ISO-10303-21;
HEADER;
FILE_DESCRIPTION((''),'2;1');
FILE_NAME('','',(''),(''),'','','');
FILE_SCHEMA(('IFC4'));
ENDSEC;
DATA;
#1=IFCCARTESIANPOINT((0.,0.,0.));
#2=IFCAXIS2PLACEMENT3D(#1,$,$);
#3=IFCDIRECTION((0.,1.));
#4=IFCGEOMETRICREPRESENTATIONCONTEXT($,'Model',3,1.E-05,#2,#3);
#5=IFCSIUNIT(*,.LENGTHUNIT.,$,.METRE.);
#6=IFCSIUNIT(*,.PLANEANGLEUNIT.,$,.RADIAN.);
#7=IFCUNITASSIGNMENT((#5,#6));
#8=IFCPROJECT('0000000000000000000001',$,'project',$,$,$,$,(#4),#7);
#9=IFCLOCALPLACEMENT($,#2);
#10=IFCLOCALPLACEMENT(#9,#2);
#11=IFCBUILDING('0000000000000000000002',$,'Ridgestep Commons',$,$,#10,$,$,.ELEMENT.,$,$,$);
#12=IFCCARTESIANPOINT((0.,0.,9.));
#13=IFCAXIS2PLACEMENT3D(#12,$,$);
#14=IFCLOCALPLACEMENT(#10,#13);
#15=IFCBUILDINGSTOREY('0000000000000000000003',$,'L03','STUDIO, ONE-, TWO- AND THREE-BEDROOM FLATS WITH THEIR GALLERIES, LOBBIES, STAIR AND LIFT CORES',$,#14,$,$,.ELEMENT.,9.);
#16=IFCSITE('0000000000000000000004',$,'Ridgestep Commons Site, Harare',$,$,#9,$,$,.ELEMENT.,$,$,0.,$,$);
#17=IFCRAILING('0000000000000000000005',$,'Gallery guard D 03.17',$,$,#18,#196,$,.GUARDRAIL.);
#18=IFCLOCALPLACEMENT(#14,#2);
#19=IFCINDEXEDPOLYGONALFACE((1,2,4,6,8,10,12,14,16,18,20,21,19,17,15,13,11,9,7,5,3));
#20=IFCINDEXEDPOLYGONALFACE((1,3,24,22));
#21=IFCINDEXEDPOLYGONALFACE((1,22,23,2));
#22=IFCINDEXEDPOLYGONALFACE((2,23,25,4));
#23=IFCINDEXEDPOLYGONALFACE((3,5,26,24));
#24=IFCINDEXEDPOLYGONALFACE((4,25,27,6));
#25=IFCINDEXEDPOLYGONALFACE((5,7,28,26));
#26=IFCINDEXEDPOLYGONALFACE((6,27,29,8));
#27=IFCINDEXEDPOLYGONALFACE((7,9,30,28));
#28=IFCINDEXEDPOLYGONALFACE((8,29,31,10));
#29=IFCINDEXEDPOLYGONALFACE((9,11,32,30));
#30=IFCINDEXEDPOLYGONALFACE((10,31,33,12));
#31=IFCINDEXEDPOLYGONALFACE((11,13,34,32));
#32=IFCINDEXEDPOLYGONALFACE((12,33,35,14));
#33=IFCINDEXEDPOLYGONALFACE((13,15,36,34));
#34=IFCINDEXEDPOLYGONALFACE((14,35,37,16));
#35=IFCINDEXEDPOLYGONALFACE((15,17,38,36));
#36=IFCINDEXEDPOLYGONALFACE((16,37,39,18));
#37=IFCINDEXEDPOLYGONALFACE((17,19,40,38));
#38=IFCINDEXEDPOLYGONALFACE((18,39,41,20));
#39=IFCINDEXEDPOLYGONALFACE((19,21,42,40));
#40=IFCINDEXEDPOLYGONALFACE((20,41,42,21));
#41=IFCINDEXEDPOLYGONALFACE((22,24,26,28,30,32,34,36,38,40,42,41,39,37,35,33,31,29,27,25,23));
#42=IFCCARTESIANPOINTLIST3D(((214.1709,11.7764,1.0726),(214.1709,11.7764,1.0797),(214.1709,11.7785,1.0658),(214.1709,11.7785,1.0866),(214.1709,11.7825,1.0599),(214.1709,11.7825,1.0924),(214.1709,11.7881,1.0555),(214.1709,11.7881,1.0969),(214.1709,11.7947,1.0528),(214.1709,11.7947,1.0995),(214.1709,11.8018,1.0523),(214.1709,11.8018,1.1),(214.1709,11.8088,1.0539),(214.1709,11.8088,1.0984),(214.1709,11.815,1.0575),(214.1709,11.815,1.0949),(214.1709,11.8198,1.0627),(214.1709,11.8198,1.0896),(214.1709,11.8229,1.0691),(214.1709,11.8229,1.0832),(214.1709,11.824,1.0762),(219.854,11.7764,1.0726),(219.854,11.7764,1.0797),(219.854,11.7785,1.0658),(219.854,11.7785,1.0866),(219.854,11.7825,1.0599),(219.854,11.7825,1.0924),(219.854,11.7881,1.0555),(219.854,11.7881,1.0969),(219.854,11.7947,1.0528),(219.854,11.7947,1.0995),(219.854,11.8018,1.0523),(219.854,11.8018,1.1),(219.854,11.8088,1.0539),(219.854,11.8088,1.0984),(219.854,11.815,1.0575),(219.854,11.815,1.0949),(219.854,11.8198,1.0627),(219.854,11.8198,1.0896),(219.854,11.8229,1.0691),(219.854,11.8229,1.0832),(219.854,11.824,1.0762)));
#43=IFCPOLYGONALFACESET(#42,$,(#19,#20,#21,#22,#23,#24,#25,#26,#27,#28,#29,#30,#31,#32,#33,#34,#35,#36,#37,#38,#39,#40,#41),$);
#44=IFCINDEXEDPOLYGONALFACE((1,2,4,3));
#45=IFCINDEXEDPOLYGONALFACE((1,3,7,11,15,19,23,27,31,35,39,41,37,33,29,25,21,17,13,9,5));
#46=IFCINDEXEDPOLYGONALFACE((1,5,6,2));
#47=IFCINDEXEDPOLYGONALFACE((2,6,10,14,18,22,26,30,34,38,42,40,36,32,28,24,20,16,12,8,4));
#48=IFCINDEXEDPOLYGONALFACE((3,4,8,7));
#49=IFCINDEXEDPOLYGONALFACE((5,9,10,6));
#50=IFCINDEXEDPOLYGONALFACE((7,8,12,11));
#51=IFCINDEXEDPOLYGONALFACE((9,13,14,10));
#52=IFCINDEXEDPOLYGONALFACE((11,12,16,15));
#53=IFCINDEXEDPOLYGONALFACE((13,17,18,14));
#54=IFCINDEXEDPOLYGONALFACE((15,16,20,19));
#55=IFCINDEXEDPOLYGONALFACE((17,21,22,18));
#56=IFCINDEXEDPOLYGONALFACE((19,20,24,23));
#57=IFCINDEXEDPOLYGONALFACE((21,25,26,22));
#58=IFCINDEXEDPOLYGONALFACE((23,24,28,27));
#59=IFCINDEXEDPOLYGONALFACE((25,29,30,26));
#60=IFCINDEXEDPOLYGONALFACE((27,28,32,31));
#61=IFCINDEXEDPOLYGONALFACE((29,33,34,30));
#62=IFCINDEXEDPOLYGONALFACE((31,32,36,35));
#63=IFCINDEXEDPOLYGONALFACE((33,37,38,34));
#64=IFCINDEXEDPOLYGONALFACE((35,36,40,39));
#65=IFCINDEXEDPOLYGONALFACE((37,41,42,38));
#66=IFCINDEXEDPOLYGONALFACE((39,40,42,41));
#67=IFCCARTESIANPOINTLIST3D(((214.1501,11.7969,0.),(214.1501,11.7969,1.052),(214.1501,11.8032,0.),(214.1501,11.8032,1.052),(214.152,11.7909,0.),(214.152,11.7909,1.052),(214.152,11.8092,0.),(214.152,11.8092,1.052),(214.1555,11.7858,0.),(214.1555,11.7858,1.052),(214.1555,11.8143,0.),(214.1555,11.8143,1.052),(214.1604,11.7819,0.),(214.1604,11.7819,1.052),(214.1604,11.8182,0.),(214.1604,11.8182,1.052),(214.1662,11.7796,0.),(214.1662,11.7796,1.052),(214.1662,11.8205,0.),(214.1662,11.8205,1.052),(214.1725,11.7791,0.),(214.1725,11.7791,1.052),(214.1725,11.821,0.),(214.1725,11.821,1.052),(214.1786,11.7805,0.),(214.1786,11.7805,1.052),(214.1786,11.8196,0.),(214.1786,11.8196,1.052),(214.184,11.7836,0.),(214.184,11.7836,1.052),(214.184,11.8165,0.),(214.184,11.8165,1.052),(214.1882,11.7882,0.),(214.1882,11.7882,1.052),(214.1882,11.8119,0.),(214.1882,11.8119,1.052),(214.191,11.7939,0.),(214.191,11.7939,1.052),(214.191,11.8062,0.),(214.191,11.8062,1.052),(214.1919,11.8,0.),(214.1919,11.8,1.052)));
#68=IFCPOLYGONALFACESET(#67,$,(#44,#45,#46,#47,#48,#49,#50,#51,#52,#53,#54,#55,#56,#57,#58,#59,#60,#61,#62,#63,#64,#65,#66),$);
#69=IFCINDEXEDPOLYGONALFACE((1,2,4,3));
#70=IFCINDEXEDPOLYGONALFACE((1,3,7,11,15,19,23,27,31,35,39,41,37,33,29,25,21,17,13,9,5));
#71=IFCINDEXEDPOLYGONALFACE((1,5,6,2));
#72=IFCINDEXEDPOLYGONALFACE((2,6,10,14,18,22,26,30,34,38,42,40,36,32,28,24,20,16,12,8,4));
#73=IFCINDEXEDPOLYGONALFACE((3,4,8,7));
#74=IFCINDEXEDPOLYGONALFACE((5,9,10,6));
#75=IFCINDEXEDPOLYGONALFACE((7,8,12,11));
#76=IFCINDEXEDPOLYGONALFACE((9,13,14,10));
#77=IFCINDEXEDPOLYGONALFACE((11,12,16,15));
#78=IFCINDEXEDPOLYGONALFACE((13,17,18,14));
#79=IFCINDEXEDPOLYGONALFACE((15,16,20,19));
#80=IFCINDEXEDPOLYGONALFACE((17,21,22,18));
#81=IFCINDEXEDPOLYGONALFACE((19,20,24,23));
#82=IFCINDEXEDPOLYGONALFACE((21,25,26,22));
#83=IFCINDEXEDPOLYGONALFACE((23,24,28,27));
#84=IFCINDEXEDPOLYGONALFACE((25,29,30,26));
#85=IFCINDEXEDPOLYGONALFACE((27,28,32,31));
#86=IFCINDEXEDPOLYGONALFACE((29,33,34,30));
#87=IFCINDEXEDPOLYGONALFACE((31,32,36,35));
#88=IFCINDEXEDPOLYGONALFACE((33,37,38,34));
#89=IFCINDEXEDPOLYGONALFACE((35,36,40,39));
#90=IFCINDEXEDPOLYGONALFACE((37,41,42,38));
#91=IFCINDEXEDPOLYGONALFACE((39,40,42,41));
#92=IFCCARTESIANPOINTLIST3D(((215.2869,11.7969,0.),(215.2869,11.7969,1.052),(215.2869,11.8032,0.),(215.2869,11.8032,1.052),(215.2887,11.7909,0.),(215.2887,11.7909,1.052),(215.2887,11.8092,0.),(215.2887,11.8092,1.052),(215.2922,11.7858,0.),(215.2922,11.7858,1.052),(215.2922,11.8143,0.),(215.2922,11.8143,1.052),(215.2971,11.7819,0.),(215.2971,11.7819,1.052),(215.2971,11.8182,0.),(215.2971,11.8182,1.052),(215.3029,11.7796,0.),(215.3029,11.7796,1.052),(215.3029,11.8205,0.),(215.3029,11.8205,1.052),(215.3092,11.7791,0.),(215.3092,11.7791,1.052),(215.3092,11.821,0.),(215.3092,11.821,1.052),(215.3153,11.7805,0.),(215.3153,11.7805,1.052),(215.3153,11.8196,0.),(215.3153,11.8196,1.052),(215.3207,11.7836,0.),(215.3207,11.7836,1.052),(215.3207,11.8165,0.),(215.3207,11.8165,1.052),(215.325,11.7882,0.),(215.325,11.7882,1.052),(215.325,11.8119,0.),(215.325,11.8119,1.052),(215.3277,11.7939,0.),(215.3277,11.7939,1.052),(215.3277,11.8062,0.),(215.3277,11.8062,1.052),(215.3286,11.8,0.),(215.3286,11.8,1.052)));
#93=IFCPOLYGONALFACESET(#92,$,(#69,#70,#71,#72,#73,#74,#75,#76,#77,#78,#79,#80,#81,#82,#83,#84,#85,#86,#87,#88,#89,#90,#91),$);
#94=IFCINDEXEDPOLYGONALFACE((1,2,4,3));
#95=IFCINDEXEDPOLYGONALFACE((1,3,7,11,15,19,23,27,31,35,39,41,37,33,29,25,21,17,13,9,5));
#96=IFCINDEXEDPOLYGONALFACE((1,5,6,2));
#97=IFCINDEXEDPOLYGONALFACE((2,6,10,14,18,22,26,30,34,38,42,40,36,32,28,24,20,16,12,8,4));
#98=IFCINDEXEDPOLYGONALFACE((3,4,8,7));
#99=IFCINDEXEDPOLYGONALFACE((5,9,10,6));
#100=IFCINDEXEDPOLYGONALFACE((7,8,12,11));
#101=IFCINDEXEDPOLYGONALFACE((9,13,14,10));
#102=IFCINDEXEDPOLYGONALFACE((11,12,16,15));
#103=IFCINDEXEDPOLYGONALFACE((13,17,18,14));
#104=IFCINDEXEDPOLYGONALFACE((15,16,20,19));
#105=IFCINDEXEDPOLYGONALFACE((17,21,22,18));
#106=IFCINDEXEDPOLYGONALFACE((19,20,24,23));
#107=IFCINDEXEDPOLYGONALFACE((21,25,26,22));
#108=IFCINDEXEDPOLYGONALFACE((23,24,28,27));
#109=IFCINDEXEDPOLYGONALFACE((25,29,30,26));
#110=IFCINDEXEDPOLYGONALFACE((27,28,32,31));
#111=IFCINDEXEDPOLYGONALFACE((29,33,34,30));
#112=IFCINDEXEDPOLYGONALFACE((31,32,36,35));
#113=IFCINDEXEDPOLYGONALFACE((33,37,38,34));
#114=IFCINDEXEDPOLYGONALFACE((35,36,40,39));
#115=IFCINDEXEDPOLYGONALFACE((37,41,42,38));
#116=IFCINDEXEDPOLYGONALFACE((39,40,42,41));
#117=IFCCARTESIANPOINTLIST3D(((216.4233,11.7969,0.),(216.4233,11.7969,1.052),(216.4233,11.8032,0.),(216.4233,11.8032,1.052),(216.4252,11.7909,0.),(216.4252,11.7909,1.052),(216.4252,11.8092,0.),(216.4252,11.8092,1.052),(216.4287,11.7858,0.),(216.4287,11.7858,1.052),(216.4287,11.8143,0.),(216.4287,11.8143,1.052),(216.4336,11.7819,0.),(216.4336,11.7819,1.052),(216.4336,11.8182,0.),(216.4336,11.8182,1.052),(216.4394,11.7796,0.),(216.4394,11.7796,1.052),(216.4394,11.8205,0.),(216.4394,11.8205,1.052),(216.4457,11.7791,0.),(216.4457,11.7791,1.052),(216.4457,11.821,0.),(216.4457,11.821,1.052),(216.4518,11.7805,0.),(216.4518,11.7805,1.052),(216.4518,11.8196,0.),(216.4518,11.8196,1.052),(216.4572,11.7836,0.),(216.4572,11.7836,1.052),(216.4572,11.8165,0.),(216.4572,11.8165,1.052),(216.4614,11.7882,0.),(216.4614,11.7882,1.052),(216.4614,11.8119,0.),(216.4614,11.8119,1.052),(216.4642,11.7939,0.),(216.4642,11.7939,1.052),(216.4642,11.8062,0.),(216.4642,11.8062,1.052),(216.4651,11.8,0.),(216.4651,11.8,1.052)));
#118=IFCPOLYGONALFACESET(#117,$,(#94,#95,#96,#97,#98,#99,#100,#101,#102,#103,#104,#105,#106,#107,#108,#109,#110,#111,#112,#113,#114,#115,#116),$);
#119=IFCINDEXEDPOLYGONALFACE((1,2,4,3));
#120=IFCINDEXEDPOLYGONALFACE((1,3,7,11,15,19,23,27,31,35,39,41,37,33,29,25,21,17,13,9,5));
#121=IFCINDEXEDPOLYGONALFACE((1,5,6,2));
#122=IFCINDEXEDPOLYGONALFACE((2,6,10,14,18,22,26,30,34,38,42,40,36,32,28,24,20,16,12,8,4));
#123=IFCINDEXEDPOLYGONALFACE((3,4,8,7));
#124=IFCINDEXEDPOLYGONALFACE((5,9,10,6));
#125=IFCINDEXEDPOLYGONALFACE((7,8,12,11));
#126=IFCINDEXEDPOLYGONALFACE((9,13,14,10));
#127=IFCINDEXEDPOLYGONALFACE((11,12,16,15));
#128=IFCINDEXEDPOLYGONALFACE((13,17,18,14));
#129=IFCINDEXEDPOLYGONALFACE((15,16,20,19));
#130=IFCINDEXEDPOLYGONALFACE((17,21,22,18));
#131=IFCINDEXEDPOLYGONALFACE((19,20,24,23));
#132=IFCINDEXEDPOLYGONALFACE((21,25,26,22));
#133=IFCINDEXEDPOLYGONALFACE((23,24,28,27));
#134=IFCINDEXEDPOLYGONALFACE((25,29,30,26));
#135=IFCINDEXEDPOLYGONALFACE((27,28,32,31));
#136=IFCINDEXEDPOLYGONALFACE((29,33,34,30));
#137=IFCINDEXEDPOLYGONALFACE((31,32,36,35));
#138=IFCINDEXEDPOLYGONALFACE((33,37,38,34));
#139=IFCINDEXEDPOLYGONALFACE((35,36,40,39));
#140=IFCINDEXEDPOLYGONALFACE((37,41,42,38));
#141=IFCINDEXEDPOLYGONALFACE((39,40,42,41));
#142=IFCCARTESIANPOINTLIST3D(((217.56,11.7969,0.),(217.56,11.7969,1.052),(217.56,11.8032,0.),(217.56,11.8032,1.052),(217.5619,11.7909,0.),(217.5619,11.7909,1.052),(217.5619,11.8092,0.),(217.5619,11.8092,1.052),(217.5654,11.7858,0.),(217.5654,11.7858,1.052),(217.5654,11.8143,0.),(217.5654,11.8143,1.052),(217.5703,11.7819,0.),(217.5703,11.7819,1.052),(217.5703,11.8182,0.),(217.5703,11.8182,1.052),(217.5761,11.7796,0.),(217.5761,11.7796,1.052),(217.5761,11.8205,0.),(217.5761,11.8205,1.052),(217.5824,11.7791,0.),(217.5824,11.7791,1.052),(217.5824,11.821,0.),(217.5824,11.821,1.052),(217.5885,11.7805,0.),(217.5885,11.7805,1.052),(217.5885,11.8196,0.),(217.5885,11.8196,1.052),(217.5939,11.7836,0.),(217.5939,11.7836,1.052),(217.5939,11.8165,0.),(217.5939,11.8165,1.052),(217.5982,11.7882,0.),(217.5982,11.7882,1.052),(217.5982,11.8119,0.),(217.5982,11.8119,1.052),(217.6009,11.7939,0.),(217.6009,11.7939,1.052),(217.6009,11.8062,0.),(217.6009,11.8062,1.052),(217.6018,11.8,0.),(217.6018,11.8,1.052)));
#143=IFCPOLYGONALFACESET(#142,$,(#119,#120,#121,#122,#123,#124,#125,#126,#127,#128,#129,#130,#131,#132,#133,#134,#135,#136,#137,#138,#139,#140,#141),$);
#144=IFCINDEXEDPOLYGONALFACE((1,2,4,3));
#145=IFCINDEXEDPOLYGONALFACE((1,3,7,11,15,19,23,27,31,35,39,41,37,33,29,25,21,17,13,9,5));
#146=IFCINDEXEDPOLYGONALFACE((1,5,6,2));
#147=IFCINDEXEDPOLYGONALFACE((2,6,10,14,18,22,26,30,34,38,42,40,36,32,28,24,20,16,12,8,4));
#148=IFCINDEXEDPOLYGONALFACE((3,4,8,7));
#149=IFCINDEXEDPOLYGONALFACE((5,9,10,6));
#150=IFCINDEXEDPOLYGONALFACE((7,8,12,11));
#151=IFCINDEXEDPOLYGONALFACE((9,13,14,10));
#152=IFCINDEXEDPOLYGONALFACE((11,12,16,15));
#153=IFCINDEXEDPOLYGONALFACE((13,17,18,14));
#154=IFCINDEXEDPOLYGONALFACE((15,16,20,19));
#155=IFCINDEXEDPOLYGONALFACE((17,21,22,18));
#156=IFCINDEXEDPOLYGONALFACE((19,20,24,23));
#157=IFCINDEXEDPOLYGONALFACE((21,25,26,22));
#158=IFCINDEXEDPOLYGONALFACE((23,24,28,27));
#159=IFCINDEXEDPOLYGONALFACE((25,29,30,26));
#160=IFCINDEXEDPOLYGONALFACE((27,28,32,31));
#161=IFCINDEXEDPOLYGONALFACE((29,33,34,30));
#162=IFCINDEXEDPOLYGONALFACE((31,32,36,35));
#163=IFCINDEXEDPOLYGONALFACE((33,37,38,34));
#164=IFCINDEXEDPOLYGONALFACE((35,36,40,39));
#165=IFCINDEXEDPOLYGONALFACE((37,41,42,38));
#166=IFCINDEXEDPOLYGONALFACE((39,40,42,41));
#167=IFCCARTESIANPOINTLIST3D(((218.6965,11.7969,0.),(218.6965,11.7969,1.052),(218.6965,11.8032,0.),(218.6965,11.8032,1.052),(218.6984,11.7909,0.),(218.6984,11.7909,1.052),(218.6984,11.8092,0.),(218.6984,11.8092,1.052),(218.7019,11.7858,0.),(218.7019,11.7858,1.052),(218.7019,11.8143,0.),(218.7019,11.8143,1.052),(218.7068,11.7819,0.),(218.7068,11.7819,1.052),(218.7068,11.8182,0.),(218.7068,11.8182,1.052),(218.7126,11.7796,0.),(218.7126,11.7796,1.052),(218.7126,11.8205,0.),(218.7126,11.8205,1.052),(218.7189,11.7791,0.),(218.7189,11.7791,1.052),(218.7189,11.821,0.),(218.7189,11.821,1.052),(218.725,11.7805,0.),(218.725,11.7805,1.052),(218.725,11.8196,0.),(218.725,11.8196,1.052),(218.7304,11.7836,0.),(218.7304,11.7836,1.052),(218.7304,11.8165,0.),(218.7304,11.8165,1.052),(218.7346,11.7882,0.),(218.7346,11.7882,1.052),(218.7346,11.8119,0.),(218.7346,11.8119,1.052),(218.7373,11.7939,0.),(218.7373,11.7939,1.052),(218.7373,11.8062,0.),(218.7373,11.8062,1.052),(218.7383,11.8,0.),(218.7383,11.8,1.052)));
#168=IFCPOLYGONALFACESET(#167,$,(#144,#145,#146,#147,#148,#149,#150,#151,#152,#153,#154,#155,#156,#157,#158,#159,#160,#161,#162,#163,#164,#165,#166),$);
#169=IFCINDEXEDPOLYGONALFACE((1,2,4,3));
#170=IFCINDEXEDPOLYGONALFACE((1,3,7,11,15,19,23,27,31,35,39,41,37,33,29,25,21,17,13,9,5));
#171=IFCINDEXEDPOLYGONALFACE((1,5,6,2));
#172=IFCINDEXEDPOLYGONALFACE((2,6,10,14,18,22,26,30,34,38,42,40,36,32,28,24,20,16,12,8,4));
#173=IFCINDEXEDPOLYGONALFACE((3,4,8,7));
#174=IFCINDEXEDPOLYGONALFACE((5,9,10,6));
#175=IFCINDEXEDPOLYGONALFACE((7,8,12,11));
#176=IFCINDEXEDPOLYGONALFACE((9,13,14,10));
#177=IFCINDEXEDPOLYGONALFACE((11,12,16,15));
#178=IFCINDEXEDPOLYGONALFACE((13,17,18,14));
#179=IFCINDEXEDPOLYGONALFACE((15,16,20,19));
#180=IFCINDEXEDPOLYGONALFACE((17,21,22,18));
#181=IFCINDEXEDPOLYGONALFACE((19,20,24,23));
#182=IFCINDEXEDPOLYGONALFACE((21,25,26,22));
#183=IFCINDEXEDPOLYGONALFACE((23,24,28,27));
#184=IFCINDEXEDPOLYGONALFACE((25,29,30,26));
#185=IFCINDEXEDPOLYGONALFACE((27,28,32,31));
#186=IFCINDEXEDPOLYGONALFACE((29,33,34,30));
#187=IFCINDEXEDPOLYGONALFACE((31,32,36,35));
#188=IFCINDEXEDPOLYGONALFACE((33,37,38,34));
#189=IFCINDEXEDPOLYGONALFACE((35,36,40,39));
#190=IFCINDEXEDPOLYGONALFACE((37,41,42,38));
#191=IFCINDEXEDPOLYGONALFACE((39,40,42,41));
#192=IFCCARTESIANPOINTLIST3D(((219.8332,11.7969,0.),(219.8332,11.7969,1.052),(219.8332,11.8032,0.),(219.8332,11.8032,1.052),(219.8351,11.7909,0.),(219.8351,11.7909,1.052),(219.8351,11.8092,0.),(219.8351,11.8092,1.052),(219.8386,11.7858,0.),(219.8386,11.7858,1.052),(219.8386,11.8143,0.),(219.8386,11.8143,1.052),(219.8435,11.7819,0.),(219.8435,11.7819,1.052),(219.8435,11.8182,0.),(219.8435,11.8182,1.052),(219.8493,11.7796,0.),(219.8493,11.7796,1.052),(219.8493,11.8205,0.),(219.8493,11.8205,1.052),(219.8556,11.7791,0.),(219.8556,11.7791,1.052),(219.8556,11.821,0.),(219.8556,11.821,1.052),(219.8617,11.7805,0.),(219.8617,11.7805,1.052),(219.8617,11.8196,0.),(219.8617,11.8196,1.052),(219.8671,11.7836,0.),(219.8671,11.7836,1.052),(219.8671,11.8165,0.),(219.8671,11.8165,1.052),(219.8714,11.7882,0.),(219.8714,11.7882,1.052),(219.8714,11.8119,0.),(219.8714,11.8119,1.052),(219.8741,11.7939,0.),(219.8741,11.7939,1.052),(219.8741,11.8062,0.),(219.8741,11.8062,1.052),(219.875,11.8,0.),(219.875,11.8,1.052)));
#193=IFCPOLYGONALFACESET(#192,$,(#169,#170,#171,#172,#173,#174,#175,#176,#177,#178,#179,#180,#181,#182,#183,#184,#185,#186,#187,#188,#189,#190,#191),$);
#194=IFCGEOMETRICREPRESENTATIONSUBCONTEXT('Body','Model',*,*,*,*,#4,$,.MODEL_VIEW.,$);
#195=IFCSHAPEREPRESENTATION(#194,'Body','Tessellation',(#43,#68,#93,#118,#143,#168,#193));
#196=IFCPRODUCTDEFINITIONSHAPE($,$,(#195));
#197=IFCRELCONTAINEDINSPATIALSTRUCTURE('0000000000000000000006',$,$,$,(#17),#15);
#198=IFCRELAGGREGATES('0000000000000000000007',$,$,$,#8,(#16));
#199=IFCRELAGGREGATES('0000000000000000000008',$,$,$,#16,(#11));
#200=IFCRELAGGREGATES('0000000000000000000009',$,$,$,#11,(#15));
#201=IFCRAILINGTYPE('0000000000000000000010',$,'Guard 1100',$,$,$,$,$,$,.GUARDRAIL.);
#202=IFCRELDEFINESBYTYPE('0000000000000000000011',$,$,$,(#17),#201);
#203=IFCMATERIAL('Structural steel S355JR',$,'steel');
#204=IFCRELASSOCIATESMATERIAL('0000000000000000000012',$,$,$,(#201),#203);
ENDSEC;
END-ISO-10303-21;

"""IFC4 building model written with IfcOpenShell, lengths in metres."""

from ifc_helpers import new_model, si_unit, direction, frame, origin, origin_2d, place, context, subcontext, project, spatial, circle, extrude, material, type_object, element, save


model = new_model("IFC4")

# Units and contexts
model_context = context("Model", 3, precision=1e-05, world=origin(), true_north=direction((0.0, 1.0)))
body_context = subcontext(model_context, "Body", "Model", "MODEL_VIEW")
ifc_project = project(units=[si_unit("LENGTHUNIT", "METRE"), si_unit("PLANEANGLEUNIT", "RADIAN")], contexts=[model_context])

# Site, building, storey
site_placement = place(None, origin())
site = spatial("IfcSite", under=ifc_project, at=site_placement, Name="Ridgestep Commons Site, Harare", CompositionType="ELEMENT", RefElevation=0.0)
building_placement = place(site_placement, origin())
building = spatial("IfcBuilding", under=site, at=building_placement, Name="Ridgestep Commons", CompositionType="ELEMENT")
storey_placement = place(building_placement, frame((0.0, 0.0, 9.0)))
storey = spatial("IfcBuildingStorey", under=building, at=storey_placement, Name="L03", Description="STUDIO, ONE-, TWO- AND THREE-BEDROOM FLATS WITH THEIR GALLERIES, LOBBIES, STAIR AND LIFT CORES", CompositionType="ELEMENT", Elevation=9.0)

# Railing
ifc_material_1 = material(Name="Structural steel S355JR", Category="steel")
railing_type_1 = type_object("IfcRailingType", Name="Guard 1100", PredefinedType="GUARDRAIL", material=ifc_material_1)
railing_1_placement = place(storey_placement, frame((214.1709, 11.8, 0.0)))
element("IfcRailing", 1, at=railing_1_placement, inside=storey, type_object=railing_type_1, Name="Gallery guard D 03.17", PredefinedType="GUARDRAIL", context=body_context, shape_type="SweptSolid", body=[
    extrude(circle(Radius=0.0239, at=origin_2d()), frame((0.0, 0.0, 1.0762), z_axis=(1.0, 0.0, 0.0), x_axis=(0.0, 1.0, 0.0)), (0.0, 0.0, 1.0), 5.6831),
    extrude(circle(Radius=0.021, at=origin_2d()), origin(), (0.0, 0.0, 1.0), 1.052),
    extrude(circle(Radius=0.021, at=origin_2d()), frame((1.1367, 0.0, 0.0)), (0.0, 0.0, 1.0), 1.052),
    extrude(circle(Radius=0.021, at=origin_2d()), frame((2.2732, 0.0, 0.0)), (0.0, 0.0, 1.0), 1.052),
    extrude(circle(Radius=0.021, at=origin_2d()), frame((3.4099, 0.0, 0.0)), (0.0, 0.0, 1.0), 1.052),
    extrude(circle(Radius=0.021, at=origin_2d()), frame((4.5464, 0.0, 0.0)), (0.0, 0.0, 1.0), 1.052),
    extrude(circle(Radius=0.021, at=origin_2d()), frame((5.6831, 0.0, 0.0)), (0.0, 0.0, 1.0), 1.052),
])

save(model, "model.ifc")
